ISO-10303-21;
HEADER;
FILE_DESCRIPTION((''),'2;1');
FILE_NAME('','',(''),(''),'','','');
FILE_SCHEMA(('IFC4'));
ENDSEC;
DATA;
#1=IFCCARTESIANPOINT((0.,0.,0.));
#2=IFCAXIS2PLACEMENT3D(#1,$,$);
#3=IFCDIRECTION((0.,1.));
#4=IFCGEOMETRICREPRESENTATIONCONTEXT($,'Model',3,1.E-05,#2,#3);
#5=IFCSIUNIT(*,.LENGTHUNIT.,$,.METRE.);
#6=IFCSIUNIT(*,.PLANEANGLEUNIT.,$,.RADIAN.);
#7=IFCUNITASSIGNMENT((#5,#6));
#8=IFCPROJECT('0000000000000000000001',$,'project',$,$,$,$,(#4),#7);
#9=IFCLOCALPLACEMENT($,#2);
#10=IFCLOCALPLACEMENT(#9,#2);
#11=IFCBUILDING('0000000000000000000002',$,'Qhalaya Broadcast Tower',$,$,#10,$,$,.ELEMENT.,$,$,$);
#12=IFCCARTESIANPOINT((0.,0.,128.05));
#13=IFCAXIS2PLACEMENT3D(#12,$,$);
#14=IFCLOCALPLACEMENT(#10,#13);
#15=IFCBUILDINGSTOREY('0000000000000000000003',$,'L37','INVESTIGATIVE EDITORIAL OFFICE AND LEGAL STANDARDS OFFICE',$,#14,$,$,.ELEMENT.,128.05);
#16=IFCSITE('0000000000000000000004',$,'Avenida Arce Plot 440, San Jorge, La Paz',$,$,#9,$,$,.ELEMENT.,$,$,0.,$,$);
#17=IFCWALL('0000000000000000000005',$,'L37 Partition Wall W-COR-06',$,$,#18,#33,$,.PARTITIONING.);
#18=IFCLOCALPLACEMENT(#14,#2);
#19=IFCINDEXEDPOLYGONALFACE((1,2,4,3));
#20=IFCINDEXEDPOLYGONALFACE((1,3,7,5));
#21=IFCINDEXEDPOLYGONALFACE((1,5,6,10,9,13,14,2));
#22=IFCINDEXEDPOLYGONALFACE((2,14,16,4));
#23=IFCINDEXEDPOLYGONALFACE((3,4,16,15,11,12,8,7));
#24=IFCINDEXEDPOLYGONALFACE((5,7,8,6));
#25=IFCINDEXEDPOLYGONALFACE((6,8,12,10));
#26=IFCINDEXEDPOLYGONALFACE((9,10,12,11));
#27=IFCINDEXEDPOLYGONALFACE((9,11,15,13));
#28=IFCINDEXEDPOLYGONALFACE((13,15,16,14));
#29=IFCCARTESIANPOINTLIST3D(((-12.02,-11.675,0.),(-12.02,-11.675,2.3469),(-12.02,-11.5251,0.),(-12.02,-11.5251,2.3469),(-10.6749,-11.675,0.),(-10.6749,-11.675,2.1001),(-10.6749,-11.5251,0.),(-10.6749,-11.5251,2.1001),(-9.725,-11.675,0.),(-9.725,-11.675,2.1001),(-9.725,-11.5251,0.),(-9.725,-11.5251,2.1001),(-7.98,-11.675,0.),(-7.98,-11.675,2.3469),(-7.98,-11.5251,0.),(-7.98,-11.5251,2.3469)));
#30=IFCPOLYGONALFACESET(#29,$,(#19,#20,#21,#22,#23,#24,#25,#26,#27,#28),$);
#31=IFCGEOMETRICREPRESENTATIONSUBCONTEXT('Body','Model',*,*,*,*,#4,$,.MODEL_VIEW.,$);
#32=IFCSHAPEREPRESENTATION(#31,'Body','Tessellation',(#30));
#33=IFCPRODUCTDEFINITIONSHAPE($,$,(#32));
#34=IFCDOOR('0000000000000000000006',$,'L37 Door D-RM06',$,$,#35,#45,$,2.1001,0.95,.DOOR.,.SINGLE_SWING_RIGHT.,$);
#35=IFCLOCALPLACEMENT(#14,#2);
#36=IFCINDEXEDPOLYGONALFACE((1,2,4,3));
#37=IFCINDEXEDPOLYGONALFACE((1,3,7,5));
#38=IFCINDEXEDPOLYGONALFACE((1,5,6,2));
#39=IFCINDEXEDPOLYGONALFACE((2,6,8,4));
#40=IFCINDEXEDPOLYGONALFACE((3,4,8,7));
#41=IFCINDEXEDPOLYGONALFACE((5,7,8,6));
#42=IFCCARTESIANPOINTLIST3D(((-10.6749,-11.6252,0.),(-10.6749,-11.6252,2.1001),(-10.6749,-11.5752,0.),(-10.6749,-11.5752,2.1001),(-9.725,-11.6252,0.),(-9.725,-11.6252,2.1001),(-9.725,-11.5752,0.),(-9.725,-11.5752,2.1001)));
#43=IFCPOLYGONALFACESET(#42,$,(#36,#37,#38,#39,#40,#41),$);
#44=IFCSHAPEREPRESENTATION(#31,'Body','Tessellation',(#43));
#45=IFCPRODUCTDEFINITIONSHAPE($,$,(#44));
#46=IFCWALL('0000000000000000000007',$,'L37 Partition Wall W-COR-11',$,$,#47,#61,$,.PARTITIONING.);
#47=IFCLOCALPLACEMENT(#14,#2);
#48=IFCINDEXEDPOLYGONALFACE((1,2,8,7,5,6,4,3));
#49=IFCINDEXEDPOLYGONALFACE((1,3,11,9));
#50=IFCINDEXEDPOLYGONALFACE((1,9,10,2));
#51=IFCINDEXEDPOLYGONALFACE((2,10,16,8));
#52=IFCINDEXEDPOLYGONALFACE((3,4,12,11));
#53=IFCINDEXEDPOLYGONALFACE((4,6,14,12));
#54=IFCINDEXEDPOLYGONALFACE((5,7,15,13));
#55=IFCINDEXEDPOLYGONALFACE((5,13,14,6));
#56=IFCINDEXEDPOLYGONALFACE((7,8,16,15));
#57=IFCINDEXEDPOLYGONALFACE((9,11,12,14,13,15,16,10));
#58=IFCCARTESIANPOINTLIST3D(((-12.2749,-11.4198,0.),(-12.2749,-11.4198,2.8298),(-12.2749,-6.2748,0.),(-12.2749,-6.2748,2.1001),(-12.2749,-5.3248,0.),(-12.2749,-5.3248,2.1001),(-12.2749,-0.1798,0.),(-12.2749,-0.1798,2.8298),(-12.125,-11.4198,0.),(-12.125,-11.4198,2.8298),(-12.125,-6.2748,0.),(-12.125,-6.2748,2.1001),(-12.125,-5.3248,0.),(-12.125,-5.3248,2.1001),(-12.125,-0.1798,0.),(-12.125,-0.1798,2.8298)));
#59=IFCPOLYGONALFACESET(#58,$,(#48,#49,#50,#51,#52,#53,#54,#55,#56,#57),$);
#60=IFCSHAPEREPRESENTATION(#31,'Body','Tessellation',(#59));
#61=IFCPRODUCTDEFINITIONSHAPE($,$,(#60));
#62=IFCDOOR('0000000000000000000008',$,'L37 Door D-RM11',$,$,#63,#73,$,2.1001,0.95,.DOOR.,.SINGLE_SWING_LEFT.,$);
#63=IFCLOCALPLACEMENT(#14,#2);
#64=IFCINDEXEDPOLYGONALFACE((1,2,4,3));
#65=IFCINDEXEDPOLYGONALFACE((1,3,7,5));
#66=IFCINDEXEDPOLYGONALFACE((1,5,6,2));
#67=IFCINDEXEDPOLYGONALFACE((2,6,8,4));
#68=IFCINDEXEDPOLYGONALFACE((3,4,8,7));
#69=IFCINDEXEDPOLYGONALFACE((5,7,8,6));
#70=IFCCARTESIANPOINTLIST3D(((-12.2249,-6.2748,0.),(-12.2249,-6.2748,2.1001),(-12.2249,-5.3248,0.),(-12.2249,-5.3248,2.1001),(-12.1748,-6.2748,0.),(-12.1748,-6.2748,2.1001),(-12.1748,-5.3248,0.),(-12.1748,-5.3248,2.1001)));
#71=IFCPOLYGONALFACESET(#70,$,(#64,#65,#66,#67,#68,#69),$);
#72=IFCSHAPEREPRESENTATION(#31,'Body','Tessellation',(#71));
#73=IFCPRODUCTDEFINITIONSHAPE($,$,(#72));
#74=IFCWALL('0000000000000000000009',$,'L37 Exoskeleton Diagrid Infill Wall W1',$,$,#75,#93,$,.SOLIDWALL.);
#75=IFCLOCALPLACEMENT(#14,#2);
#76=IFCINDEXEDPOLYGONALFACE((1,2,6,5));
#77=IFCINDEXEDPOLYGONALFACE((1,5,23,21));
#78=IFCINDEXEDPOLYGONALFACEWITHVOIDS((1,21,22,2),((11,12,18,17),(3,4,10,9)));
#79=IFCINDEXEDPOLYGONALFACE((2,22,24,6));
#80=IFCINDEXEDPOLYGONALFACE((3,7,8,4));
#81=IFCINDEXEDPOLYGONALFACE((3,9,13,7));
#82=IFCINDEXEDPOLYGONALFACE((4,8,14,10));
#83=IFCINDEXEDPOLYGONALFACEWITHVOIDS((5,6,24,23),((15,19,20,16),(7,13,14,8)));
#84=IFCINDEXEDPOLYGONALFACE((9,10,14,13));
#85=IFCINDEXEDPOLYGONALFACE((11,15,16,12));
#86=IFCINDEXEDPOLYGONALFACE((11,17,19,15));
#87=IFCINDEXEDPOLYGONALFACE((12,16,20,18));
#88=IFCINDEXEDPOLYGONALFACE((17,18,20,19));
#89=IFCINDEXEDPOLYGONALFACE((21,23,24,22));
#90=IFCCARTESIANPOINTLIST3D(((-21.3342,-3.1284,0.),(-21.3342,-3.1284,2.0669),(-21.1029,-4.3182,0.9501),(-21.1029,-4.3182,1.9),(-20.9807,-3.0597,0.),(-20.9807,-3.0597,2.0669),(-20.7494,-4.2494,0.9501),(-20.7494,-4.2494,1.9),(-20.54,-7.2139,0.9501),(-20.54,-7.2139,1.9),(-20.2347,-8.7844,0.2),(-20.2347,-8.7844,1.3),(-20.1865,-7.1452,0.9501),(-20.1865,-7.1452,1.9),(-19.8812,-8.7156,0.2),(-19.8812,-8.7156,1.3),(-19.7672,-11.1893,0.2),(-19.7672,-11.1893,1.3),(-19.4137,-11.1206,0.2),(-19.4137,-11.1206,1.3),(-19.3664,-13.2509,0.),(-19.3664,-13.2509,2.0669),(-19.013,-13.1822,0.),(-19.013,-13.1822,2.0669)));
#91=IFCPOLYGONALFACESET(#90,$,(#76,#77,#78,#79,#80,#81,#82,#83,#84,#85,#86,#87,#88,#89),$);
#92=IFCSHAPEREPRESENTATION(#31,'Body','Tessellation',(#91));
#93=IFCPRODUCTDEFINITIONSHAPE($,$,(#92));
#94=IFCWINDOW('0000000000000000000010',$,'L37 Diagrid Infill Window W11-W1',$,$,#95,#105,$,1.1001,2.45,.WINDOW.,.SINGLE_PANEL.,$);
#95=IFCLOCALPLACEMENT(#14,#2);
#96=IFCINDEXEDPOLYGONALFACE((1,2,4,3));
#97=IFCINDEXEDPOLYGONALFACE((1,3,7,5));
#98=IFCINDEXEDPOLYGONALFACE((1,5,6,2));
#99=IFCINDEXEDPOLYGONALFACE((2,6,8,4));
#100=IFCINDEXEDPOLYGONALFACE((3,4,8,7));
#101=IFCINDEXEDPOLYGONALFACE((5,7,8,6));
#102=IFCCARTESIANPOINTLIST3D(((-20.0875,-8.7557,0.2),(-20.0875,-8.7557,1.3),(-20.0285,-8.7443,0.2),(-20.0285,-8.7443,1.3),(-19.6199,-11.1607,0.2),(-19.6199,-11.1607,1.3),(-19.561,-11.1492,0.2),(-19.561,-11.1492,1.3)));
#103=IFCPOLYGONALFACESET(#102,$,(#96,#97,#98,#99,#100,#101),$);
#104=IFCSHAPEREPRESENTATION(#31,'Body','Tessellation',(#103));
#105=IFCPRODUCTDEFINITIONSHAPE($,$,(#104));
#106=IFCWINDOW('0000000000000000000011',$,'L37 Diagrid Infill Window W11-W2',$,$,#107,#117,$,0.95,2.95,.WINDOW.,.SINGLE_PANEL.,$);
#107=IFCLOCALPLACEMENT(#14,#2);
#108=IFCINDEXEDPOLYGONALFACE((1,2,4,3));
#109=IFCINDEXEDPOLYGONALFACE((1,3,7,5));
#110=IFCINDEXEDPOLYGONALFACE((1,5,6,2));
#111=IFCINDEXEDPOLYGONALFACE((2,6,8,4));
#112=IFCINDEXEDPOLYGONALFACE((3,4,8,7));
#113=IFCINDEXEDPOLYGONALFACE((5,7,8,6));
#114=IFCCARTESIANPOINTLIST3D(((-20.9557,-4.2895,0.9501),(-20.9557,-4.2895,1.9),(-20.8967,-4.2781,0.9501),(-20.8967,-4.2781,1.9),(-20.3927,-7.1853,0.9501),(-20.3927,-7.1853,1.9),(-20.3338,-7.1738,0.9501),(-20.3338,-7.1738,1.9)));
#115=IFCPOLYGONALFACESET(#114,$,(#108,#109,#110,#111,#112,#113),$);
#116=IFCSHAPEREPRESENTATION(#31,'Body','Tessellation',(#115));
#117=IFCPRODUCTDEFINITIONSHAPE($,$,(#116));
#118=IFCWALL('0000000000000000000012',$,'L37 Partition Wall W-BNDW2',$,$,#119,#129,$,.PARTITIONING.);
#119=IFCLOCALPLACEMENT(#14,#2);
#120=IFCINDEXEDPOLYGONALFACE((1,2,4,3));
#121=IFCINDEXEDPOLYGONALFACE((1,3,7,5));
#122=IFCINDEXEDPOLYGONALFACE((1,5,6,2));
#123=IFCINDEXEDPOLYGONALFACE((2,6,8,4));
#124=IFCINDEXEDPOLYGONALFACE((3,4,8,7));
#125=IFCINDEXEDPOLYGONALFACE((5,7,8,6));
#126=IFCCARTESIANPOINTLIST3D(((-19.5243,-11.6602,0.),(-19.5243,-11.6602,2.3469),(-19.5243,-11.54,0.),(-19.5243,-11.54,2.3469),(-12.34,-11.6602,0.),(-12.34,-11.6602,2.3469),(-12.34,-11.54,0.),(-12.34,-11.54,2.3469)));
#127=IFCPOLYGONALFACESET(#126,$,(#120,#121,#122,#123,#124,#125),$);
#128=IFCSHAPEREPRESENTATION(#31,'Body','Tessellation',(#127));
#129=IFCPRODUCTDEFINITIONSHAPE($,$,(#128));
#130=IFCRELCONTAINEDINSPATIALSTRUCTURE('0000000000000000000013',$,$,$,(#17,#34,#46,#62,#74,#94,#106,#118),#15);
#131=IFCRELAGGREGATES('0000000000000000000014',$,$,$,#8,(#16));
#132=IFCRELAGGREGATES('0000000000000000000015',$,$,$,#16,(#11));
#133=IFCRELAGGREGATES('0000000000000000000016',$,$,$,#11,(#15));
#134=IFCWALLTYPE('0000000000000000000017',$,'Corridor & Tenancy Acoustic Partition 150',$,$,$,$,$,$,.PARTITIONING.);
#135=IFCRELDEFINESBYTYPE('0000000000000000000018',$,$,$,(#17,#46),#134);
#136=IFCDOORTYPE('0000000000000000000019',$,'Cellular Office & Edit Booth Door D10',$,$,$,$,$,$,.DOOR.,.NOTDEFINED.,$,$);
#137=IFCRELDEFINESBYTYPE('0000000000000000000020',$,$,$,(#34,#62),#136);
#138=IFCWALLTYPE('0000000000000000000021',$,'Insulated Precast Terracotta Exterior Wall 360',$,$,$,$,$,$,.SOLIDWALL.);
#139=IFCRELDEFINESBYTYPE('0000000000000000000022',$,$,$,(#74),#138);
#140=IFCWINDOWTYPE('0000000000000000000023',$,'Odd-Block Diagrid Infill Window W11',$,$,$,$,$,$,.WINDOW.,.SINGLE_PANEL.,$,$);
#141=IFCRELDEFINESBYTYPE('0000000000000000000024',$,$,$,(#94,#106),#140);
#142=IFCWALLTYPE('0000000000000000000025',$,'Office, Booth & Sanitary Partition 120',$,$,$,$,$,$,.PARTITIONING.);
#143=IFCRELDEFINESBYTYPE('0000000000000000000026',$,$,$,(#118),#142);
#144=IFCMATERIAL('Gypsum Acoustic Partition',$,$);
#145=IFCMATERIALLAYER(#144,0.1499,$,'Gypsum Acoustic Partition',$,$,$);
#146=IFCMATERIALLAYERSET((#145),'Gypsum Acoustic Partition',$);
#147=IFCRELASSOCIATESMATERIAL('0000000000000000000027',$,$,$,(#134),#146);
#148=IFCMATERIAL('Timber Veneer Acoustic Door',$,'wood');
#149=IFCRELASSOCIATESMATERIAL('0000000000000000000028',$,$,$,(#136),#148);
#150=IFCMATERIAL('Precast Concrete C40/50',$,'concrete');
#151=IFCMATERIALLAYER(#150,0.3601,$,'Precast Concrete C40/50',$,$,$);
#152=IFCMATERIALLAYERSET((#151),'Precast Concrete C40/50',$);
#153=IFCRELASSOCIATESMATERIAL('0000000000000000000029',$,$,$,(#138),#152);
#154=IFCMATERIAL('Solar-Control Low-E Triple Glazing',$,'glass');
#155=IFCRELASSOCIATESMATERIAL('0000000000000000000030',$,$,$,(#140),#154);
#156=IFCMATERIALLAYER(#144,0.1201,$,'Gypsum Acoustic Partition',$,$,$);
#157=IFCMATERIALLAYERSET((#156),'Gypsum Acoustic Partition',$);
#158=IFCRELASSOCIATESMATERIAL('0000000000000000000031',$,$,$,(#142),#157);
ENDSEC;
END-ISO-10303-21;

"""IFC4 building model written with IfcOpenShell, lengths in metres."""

from ifc_helpers import new_model, si_unit, direction, frame, frame_2d, origin, place, context, subcontext, project, spatial, rectangle, extrude, material, layer, layer_set, type_object, element, fill, save


model = new_model("IFC4")

# Units and contexts
model_context = context("Model", 3, precision=1e-05, world=origin(), true_north=direction((0.0, 1.0)))
body_context = subcontext(model_context, "Body", "Model", "MODEL_VIEW")
ifc_project = project(units=[si_unit("LENGTHUNIT", "METRE"), si_unit("PLANEANGLEUNIT", "RADIAN")], contexts=[model_context])

# Site, building, storey
site_placement = place(None, origin())
site = spatial("IfcSite", under=ifc_project, at=site_placement, Name="Avenida Arce Plot 440, San Jorge, La Paz", CompositionType="ELEMENT", RefElevation=0.0)
building_placement = place(site_placement, origin())
building = spatial("IfcBuilding", under=site, at=building_placement, Name="Qhalaya Broadcast Tower", CompositionType="ELEMENT")
storey_placement = place(building_placement, frame((0.0, 0.0, 128.05)))
storey = spatial("IfcBuildingStorey", under=building, at=storey_placement, Name="L37", Description="INVESTIGATIVE EDITORIAL OFFICE AND LEGAL STANDARDS OFFICE", CompositionType="ELEMENT", Elevation=128.05)

# Walls, openings, doors
ifc_material_1 = material(Name="Gypsum Acoustic Partition")
ifc_layer_1 = layer(ifc_material_1, 0.1499, Name="Gypsum Acoustic Partition")
ifc_layer_set_1 = layer_set([ifc_layer_1], Name="Gypsum Acoustic Partition")
wall_type_1 = type_object("IfcWallType", Name="Corridor & Tenancy Acoustic Partition 150", PredefinedType="PARTITIONING", material=ifc_layer_set_1)
wall_1_placement = place(storey_placement, frame((-12.02, -11.6001, 0.0), z_axis=(0.0, 0.0, 1.0), x_axis=(1.0, 0.0, 0.0)))
wall_1 = element("IfcWall", 1, at=wall_1_placement, inside=storey, type_object=wall_type_1, Name="L37 Partition Wall W-COR-06", PredefinedType="PARTITIONING", context=body_context, shape_type="SweptSolid", body=[
    extrude(rectangle(XDim=4.04, YDim=0.1499, at=frame_2d((2.02, 0.0))), origin(), (0.0, 0.0, 1.0), 2.3469),
])
opening_1_placement = place(wall_1_placement, frame((1.345, 0.0, 0.0)))
opening_1 = element("IfcOpeningElement", 2, at=opening_1_placement, cuts=wall_1, PredefinedType="OPENING", context=body_context, shape_type="SweptSolid", body=[
    extrude(rectangle(XDim=0.95, YDim=2.1001, at=frame_2d((0.4751, 1.05))), frame((0.0, 0.0869, 0.0), z_axis=(0.0, -1.0, 0.0), x_axis=(1.0, 0.0, 0.0)), (0.0, 0.0, 1.0), 0.1738),
])
ifc_material_2 = material(Name="Timber Veneer Acoustic Door", Category="wood")
door_type = type_object("IfcDoorType", Name="Cellular Office & Edit Booth Door D10", OperationType="NOTDEFINED", PredefinedType="DOOR", material=ifc_material_2)
door_1_placement = place(opening_1_placement, origin())
door_1 = element("IfcDoor", 3, at=door_1_placement, inside=storey, type_object=door_type, Name="L37 Door D-RM06", OperationType="SINGLE_SWING_RIGHT", OverallHeight=2.1001, OverallWidth=0.95, PredefinedType="DOOR", context=body_context, shape_type="SweptSolid", body=[
    extrude(rectangle(XDim=0.95, YDim=2.1001, at=frame_2d((0.4751, 1.05))), frame((0.0, 0.0249, 0.0), z_axis=(0.0, -1.0, 0.0), x_axis=(1.0, 0.0, 0.0)), (0.0, 0.0, 1.0), 0.05),
])
fill(opening_1, door_1)
wall_2_placement = place(storey_placement, frame((-12.2, -11.4199, 0.0), z_axis=(0.0, 0.0, 1.0), x_axis=(0.0, 1.0, 0.0)))
wall_2 = element("IfcWall", 4, at=wall_2_placement, inside=storey, type_object=wall_type_1, Name="L37 Partition Wall W-COR-11", PredefinedType="PARTITIONING", context=body_context, shape_type="SweptSolid", body=[
    extrude(rectangle(XDim=11.24, YDim=0.1499, at=frame_2d((5.6201, 0.0))), origin(), (0.0, 0.0, 1.0), 2.8298),
])
opening_2_placement = place(wall_2_placement, frame((5.145, 0.0, 0.0)))
opening_2 = element("IfcOpeningElement", 5, at=opening_2_placement, cuts=wall_2, PredefinedType="OPENING", context=body_context, shape_type="SweptSolid", body=[
    extrude(rectangle(XDim=0.95, YDim=2.1001, at=frame_2d((0.4751, 1.05))), frame((0.0, 0.0869, 0.0), z_axis=(0.0, -1.0, 0.0), x_axis=(1.0, 0.0, 0.0)), (0.0, 0.0, 1.0), 0.1738),
])
door_2_placement = place(opening_2_placement, origin())
door_2 = element("IfcDoor", 6, at=door_2_placement, inside=storey, type_object=door_type, Name="L37 Door D-RM11", OperationType="SINGLE_SWING_LEFT", OverallHeight=2.1001, OverallWidth=0.95, PredefinedType="DOOR", context=body_context, shape_type="SweptSolid", body=[
    extrude(rectangle(XDim=0.95, YDim=2.1001, at=frame_2d((0.4751, 1.05))), frame((0.0, 0.0249, 0.0), z_axis=(0.0, -1.0, 0.0), x_axis=(1.0, 0.0, 0.0)), (0.0, 0.0, 1.0), 0.05),
])
fill(opening_2, door_2)

# Wall, openings, windows
ifc_material_3 = material(Name="Precast Concrete C40/50", Category="concrete")
ifc_layer_2 = layer(ifc_material_3, 0.3601, Name="Precast Concrete C40/50")
ifc_layer_set_2 = layer_set([ifc_layer_2], Name="Precast Concrete C40/50")
wall_type_2 = type_object("IfcWallType", Name="Insulated Precast Terracotta Exterior Wall 360", PredefinedType="SOLIDWALL", material=ifc_layer_set_2)
wall_3_placement = place(storey_placement, frame((-19.1897, -13.2166, 0.0), z_axis=(0.0, 0.0, 1.0), x_axis=(-0.190823, 0.981625, 0.0)))
wall_3 = element("IfcWall", 7, at=wall_3_placement, inside=storey, type_object=wall_type_2, Name="L37 Exoskeleton Diagrid Infill Wall W1", PredefinedType="SOLIDWALL", context=body_context, shape_type="SweptSolid", body=[
    extrude(rectangle(XDim=10.312, YDim=0.3601, at=frame_2d((5.156, 0.0))), origin(), (0.0, 0.0, 1.0), 2.0669),
])
opening_3_placement = place(wall_3_placement, frame((2.1001, 0.0, 0.2)))
opening_3 = element("IfcOpeningElement", 8, at=opening_3_placement, cuts=wall_3, PredefinedType="OPENING", context=body_context, shape_type="SweptSolid", body=[
    extrude(rectangle(XDim=2.45, YDim=1.1001, at=frame_2d((1.2251, 0.55))), frame((0.0, 0.1921, 0.0), z_axis=(0.0, -1.0, 0.0), x_axis=(1.0, 0.0, 0.0)), (0.0, 0.0, 1.0), 0.384),
])
opening_4_placement = place(wall_3_placement, frame((6.1499, 0.0, 0.95)))
opening_4 = element("IfcOpeningElement", 9, at=opening_4_placement, cuts=wall_3, PredefinedType="OPENING", context=body_context, shape_type="SweptSolid", body=[
    extrude(rectangle(XDim=2.95, YDim=0.95, at=frame_2d((1.4751, 0.4751))), frame((0.0, 0.1921, 0.0), z_axis=(0.0, -1.0, 0.0), x_axis=(1.0, 0.0, 0.0)), (0.0, 0.0, 1.0), 0.384),
])
ifc_material_4 = material(Name="Solar-Control Low-E Triple Glazing", Category="glass")
window_type = type_object("IfcWindowType", Name="Odd-Block Diagrid Infill Window W11", PartitioningType="SINGLE_PANEL", PredefinedType="WINDOW", material=ifc_material_4)
window_1_placement = place(opening_3_placement, origin())
window_1 = element("IfcWindow", 10, at=window_1_placement, inside=storey, type_object=window_type, Name="L37 Diagrid Infill Window W11-W1", OverallHeight=1.1001, OverallWidth=2.45, PartitioningType="SINGLE_PANEL", PredefinedType="WINDOW", context=body_context, shape_type="SweptSolid", body=[
    extrude(rectangle(XDim=2.45, YDim=1.1001, at=frame_2d((1.2251, 0.55))), frame((0.0, 0.03, 0.0), z_axis=(0.0, -1.0, 0.0), x_axis=(1.0, 0.0, 0.0)), (0.0, 0.0, 1.0), 0.0601),
])
fill(opening_3, window_1)
window_2_placement = place(opening_4_placement, origin())
window_2 = element("IfcWindow", 11, at=window_2_placement, inside=storey, type_object=window_type, Name="L37 Diagrid Infill Window W11-W2", OverallHeight=0.95, OverallWidth=2.95, PartitioningType="SINGLE_PANEL", PredefinedType="WINDOW", context=body_context, shape_type="SweptSolid", body=[
    extrude(rectangle(XDim=2.95, YDim=0.95, at=frame_2d((1.4751, 0.4751))), frame((0.0, 0.03, 0.0), z_axis=(0.0, -1.0, 0.0), x_axis=(1.0, 0.0, 0.0)), (0.0, 0.0, 1.0), 0.0601),
])
fill(opening_4, window_2)

# Wall
ifc_layer_3 = layer(ifc_material_1, 0.1201, Name="Gypsum Acoustic Partition")
ifc_layer_set_3 = layer_set([ifc_layer_3], Name="Gypsum Acoustic Partition")
wall_type_3 = type_object("IfcWallType", Name="Office, Booth & Sanitary Partition 120", PredefinedType="PARTITIONING", material=ifc_layer_set_3)
wall_4_placement = place(storey_placement, frame((-19.5244, -11.6001, 0.0), z_axis=(0.0, 0.0, 1.0), x_axis=(1.0, 0.0, 0.0)))
element("IfcWall", 12, at=wall_4_placement, inside=storey, type_object=wall_type_3, Name="L37 Partition Wall W-BNDW2", PredefinedType="PARTITIONING", context=body_context, shape_type="SweptSolid", body=[
    extrude(rectangle(XDim=7.1843, YDim=0.1201, at=frame_2d((3.5923, 0.0))), origin(), (0.0, 0.0, 1.0), 2.3469),
])

save(model, "model.ifc")
